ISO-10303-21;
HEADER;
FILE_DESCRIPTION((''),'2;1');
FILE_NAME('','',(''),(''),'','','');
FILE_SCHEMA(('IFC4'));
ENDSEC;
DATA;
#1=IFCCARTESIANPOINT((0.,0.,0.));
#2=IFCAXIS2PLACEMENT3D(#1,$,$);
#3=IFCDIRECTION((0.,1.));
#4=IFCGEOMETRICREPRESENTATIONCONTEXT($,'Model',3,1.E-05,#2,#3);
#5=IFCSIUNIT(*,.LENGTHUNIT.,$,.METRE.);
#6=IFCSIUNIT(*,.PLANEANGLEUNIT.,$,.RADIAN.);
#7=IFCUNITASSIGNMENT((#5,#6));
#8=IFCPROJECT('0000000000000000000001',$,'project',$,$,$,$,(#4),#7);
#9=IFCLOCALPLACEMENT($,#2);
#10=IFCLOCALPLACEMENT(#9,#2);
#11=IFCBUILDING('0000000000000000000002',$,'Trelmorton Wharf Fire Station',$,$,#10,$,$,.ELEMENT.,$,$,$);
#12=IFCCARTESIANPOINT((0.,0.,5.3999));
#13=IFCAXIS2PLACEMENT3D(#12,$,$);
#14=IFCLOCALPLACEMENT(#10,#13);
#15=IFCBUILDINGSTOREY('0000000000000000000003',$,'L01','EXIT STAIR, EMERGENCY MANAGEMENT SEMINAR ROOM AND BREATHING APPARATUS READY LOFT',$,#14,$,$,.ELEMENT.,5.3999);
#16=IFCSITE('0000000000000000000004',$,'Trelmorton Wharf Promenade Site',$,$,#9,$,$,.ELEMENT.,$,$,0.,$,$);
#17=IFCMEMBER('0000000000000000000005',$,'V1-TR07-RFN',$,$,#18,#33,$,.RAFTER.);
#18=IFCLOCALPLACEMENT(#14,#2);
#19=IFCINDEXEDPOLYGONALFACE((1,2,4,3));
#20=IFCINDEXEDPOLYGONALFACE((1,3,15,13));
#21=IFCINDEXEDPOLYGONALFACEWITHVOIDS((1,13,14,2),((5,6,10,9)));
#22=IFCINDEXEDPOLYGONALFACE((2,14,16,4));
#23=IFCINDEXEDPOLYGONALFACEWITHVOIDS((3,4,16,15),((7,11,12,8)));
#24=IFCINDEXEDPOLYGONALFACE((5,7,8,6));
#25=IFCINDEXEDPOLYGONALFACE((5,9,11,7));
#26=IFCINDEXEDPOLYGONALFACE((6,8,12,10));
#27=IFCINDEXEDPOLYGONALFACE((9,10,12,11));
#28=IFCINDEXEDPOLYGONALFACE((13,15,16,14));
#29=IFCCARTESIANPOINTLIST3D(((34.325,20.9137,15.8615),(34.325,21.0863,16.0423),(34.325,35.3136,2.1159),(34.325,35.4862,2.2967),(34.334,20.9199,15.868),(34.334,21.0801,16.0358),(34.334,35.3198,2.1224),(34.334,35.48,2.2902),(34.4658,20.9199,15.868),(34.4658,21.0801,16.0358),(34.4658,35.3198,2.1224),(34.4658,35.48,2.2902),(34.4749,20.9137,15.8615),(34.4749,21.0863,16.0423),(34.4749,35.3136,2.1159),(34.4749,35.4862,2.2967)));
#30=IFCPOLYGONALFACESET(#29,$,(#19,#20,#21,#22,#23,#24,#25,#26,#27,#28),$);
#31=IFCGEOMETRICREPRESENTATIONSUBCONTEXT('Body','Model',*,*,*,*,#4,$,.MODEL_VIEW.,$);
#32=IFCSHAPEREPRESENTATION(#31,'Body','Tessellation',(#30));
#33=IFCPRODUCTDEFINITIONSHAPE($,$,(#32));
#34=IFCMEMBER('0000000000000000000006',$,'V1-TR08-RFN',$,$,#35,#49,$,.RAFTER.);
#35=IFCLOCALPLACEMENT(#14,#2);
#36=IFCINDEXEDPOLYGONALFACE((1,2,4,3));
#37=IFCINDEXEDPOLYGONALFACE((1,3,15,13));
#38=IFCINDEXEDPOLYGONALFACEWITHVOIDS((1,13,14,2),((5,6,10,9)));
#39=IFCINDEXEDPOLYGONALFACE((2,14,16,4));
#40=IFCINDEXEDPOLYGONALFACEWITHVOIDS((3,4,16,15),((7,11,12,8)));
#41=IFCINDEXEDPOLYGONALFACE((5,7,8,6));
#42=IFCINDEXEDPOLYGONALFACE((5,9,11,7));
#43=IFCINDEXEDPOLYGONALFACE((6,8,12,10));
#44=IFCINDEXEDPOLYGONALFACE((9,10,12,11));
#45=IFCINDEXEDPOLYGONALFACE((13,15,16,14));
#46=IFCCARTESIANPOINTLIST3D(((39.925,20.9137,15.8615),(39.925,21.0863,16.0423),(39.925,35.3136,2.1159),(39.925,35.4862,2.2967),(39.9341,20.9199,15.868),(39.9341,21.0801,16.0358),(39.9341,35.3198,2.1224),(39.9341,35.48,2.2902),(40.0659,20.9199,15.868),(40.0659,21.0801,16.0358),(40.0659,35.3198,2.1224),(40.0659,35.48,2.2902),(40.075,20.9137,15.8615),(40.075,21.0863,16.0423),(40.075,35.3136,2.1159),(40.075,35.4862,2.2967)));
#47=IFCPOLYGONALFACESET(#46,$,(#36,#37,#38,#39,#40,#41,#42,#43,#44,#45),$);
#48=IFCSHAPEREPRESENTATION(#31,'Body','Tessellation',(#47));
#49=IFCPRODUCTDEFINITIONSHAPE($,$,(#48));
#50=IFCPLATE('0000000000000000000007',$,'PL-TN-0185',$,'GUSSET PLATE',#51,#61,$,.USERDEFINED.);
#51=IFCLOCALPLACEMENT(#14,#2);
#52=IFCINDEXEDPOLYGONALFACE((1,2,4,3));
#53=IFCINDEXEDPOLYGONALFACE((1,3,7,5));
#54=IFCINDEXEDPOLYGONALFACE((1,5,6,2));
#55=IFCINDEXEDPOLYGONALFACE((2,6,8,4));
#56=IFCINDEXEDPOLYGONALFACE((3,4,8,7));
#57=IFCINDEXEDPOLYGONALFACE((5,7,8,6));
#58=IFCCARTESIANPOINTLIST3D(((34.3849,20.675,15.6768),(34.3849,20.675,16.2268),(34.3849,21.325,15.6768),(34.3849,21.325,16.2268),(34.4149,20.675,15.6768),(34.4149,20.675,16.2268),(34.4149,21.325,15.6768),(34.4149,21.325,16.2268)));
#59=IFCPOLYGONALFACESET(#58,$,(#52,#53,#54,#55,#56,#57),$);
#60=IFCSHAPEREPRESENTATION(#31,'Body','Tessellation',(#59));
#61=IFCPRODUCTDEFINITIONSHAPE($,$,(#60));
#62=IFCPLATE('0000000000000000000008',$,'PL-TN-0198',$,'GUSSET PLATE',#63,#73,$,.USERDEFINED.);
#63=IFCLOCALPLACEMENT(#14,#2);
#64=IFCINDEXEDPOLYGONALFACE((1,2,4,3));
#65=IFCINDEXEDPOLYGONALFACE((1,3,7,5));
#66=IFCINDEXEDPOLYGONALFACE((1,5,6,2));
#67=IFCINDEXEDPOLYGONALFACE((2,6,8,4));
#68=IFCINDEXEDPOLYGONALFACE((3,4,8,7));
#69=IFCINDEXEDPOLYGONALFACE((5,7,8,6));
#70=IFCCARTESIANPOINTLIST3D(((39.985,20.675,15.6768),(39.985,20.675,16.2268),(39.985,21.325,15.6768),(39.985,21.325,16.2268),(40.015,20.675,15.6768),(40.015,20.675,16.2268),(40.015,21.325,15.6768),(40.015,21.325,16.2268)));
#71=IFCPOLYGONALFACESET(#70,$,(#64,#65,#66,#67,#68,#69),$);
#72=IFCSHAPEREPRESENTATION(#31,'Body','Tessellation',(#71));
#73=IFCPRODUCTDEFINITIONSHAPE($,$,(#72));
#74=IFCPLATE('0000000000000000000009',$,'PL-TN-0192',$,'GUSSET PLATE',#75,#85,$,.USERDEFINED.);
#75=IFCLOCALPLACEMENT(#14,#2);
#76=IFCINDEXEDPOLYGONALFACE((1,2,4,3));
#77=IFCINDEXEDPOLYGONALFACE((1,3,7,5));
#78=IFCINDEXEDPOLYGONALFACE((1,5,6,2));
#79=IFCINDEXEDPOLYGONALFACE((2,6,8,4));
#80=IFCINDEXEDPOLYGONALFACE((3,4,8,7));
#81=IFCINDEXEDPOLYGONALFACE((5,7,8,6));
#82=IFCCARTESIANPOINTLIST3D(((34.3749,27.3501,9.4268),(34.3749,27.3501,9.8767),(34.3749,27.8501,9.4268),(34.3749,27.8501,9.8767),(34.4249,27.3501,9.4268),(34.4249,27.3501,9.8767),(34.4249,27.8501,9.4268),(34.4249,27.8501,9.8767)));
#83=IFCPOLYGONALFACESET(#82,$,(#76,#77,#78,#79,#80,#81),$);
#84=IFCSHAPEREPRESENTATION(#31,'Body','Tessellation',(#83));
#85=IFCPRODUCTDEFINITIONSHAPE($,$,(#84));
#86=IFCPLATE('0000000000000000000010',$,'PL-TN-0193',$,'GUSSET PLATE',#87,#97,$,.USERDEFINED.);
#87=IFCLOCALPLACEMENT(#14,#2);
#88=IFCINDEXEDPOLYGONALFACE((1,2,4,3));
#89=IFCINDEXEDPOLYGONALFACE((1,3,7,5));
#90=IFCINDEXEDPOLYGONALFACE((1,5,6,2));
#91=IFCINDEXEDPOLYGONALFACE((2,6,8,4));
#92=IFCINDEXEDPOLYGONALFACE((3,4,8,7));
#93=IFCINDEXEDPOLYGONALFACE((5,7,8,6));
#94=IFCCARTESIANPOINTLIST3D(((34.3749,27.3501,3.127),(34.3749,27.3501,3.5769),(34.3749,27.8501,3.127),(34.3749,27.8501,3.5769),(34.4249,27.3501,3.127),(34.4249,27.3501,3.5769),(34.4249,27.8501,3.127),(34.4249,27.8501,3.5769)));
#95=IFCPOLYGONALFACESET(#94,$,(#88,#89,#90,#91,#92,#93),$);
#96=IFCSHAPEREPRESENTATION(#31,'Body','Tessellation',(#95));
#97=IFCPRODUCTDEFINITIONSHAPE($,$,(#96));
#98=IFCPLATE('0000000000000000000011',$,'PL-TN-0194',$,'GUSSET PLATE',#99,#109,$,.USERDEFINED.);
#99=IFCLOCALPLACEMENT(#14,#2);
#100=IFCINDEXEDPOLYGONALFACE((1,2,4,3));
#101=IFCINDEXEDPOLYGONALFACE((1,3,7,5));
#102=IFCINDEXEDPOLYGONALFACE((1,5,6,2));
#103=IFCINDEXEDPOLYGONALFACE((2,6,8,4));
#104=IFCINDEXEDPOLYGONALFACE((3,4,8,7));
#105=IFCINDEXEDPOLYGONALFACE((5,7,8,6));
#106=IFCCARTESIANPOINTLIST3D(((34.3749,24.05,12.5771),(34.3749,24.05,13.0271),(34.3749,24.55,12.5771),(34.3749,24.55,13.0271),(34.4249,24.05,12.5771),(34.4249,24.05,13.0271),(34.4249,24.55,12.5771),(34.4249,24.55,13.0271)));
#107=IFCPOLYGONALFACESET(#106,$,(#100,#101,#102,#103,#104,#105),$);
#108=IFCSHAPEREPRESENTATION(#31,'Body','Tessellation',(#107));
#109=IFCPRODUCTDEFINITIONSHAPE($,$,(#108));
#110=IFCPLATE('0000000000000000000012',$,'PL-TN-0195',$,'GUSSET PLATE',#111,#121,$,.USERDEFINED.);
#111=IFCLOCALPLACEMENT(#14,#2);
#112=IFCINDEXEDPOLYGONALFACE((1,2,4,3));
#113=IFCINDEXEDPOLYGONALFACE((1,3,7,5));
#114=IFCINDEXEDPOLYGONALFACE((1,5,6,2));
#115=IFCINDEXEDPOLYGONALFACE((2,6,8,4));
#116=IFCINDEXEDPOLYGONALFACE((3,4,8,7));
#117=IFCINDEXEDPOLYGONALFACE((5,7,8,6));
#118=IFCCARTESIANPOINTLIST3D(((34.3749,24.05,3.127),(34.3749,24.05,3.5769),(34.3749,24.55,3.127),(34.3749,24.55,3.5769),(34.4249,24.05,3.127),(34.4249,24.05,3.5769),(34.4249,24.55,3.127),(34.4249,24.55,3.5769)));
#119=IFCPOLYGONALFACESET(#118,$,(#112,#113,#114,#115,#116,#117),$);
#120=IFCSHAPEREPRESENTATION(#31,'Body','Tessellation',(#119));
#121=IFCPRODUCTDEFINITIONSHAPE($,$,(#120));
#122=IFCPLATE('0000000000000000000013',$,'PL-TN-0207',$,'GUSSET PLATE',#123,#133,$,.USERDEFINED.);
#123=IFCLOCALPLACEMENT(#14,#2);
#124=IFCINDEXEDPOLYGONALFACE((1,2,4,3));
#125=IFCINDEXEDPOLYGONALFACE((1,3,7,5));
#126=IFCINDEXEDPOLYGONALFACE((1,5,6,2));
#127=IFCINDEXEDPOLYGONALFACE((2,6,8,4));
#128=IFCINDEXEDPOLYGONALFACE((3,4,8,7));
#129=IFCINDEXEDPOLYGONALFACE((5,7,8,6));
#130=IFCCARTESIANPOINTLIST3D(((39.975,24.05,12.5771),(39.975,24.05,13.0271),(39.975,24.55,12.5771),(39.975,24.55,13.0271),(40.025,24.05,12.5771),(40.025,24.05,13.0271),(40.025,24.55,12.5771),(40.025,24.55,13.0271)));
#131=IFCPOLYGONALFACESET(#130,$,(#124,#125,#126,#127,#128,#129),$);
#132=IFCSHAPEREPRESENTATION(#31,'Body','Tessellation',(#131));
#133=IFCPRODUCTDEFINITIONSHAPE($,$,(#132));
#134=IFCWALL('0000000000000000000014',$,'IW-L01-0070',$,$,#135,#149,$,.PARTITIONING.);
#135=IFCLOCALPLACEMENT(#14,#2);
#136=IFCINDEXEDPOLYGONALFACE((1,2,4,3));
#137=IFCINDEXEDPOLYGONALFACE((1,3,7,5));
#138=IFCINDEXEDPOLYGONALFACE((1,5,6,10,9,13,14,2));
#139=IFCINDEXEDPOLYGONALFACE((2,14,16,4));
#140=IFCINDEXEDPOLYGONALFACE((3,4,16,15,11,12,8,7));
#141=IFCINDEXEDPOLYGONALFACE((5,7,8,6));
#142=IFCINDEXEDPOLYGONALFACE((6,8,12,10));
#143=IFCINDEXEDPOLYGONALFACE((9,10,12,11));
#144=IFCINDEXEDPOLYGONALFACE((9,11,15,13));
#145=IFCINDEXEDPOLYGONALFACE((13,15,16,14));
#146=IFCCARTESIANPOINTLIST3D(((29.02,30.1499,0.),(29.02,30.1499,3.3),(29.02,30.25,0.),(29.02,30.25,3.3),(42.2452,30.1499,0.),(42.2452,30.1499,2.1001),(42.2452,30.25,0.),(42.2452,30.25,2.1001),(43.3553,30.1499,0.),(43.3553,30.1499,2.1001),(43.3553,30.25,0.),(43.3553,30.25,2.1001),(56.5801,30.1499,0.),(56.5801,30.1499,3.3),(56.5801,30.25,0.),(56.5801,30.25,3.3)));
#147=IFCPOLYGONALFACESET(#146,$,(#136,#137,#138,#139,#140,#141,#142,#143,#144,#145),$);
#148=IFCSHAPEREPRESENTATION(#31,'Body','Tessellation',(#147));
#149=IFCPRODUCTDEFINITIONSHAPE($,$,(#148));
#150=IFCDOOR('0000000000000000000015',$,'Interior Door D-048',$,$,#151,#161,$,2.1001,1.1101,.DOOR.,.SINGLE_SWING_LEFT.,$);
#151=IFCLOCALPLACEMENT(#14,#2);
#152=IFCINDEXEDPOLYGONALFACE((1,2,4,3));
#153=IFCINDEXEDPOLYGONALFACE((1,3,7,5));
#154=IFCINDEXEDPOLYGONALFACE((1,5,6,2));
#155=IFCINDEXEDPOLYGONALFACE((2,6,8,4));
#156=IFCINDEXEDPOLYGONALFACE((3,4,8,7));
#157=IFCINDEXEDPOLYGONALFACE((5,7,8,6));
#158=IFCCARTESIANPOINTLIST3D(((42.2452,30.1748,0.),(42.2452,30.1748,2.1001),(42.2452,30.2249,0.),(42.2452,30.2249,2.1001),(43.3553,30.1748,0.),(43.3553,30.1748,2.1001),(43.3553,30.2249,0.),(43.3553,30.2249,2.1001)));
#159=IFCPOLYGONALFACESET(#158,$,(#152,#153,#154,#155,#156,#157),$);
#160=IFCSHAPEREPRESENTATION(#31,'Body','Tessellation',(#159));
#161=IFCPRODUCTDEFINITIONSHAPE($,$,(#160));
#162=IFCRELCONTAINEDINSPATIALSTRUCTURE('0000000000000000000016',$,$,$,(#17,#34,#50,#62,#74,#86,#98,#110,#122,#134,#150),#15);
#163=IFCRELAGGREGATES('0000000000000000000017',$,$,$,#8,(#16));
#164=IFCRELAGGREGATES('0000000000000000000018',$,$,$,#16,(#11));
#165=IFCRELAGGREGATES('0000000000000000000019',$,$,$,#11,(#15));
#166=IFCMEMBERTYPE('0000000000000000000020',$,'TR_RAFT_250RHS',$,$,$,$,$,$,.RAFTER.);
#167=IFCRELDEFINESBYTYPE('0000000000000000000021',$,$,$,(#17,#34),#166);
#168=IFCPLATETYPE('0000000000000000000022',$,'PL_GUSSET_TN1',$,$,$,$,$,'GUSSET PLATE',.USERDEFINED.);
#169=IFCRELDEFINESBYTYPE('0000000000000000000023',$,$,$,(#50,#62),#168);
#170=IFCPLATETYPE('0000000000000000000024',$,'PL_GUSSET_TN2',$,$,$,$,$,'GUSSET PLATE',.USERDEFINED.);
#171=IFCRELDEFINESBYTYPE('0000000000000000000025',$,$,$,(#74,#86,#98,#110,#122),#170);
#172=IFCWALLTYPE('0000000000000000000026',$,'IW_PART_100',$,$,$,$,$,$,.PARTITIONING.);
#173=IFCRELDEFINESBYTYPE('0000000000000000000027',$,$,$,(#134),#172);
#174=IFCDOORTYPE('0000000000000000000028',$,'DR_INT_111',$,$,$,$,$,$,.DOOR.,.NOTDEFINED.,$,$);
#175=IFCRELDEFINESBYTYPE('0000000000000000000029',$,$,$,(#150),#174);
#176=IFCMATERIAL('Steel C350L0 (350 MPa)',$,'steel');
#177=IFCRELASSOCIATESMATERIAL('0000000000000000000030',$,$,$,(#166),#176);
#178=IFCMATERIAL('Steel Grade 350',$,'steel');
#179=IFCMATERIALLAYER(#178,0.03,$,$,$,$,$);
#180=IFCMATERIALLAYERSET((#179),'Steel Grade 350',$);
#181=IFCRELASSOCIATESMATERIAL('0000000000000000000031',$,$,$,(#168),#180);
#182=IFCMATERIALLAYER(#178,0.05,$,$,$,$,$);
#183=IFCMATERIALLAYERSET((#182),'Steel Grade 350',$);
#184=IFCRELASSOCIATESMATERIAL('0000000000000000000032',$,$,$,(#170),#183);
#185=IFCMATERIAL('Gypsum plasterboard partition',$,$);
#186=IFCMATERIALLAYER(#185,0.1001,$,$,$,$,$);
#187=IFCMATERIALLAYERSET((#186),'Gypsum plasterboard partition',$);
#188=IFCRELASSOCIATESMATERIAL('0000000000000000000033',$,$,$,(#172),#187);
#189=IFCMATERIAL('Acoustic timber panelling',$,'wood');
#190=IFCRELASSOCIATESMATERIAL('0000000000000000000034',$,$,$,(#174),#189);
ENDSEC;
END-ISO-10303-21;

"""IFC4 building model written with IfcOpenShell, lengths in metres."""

from ifc_helpers import new_model, si_unit, direction, frame, frame_2d, origin, origin_2d, place, context, subcontext, project, spatial, rectangle, hollow_rectangle, extrude, material, layer, layer_set, material_profile, profile_set, type_object, element, fill, save


model = new_model("IFC4")

# Units and contexts
model_context = context("Model", 3, precision=1e-05, world=origin(), true_north=direction((0.0, 1.0)))
body_context = subcontext(model_context, "Body", "Model", "MODEL_VIEW")
ifc_project = project(units=[si_unit("LENGTHUNIT", "METRE"), si_unit("PLANEANGLEUNIT", "RADIAN")], contexts=[model_context])

# Site, building, storey
site_placement = place(None, origin())
site = spatial("IfcSite", under=ifc_project, at=site_placement, Name="Trelmorton Wharf Promenade Site", CompositionType="ELEMENT", RefElevation=0.0)
building_placement = place(site_placement, origin())
building = spatial("IfcBuilding", under=site, at=building_placement, Name="Trelmorton Wharf Fire Station", CompositionType="ELEMENT")
storey_placement = place(building_placement, frame((0.0, 0.0, 5.3999)))
storey = spatial("IfcBuildingStorey", under=building, at=storey_placement, Name="L01", Description="EXIT STAIR, EMERGENCY MANAGEMENT SEMINAR ROOM AND BREATHING APPARATUS READY LOFT", CompositionType="ELEMENT", Elevation=5.3999)

# Shared definitions
ifc_material_1 = material(Name="Steel Grade 350", Category="steel")

# Members
ifc_material_2 = material(Name="Steel C350L0 (350 MPa)", Category="steel")
ifc_material_profile_1 = material_profile(ifc_material_2, hollow_rectangle(XDim=0.1499, YDim=0.25, WallThickness=0.009, at=origin_2d()), Name="250x150x9.0RHS")
ifc_profile_set_1 = profile_set([ifc_material_profile_1], Name="Steel C350L0 (350 MPa)")
member_type_1 = type_object("IfcMemberType", Name="TR_RAFT_250RHS", PredefinedType="RAFTER", material=ifc_profile_set_1)
for number, where, z_axis, x_axis, name in (
    (1, (34.3999, 21.0, 15.9519), (0.0, 0.723349, -0.690482), (-1.0, 0.0, 0.0), "V1-TR07-RFN"),
    (2, (40.0, 21.0, 15.9519), (0.0, 0.723349, -0.690482), (-1.0, 0.0, 0.0), "V1-TR08-RFN"),
):
    element("IfcMember", number, at=place(storey_placement, frame(where, z_axis=z_axis, x_axis=x_axis)), inside=storey, type_object=member_type_1, Name=name, PredefinedType="RAFTER", context=body_context, shape_type="SweptSolid", body=[
        extrude(hollow_rectangle(XDim=0.1499, YDim=0.25, WallThickness=0.009, at=origin_2d()), origin(), (0.0, 0.0, 1.0), 19.9072),
    ])

# Plates
ifc_layer_1 = layer(ifc_material_1, 0.03)
ifc_layer_set_1 = layer_set([ifc_layer_1], Name="Steel Grade 350")
plate_type_1 = type_object("IfcPlateType", Name="PL_GUSSET_TN1", ElementType="GUSSET PLATE", PredefinedType="USERDEFINED", material=ifc_layer_set_1)
for number, where, z_axis, x_axis, name in (
    (3, (34.3999, 21.0, 15.6768), (0.0, 0.0, 1.0), (1.0, 0.0, 0.0), "PL-TN-0185"),
    (4, (40.0, 21.0, 15.6768), (0.0, 0.0, 1.0), (1.0, 0.0, 0.0), "PL-TN-0198"),
):
    element("IfcPlate", number, at=place(storey_placement, frame(where, z_axis=z_axis, x_axis=x_axis)), inside=storey, type_object=plate_type_1, Name=name, ObjectType="GUSSET PLATE", PredefinedType="USERDEFINED", context=body_context, shape_type="SweptSolid", body=[
        extrude(rectangle(XDim=0.03, YDim=0.6499, at=origin_2d()), origin(), (0.0, 0.0, 1.0), 0.55),
    ])
ifc_layer_2 = layer(ifc_material_1, 0.05)
ifc_layer_set_2 = layer_set([ifc_layer_2], Name="Steel Grade 350")
plate_type_2 = type_object("IfcPlateType", Name="PL_GUSSET_TN2", ElementType="GUSSET PLATE", PredefinedType="USERDEFINED", material=ifc_layer_set_2)
for number, where, z_axis, x_axis, name in (
    (5, (34.3999, 27.6001, 9.4268), (0.0, 0.0, 1.0), (1.0, 0.0, 0.0), "PL-TN-0192"),
    (6, (34.3999, 27.6001, 3.127), (0.0, 0.0, 1.0), (1.0, 0.0, 0.0), "PL-TN-0193"),
    (7, (34.3999, 24.3, 12.5771), (0.0, 0.0, 1.0), (1.0, 0.0, 0.0), "PL-TN-0194"),
    (8, (34.3999, 24.3, 3.127), (0.0, 0.0, 1.0), (1.0, 0.0, 0.0), "PL-TN-0195"),
    (9, (40.0, 24.3, 12.5771), (0.0, 0.0, 1.0), (1.0, 0.0, 0.0), "PL-TN-0207"),
):
    element("IfcPlate", number, at=place(storey_placement, frame(where, z_axis=z_axis, x_axis=x_axis)), inside=storey, type_object=plate_type_2, Name=name, ObjectType="GUSSET PLATE", PredefinedType="USERDEFINED", context=body_context, shape_type="SweptSolid", body=[
        extrude(rectangle(XDim=0.05, YDim=0.5, at=origin_2d()), origin(), (0.0, 0.0, 1.0), 0.45),
    ])

# Wall, opening, door
ifc_material_3 = material(Name="Gypsum plasterboard partition")
ifc_layer_3 = layer(ifc_material_3, 0.1001)
ifc_layer_set_3 = layer_set([ifc_layer_3], Name="Gypsum plasterboard partition")
wall_type = type_object("IfcWallType", Name="IW_PART_100", PredefinedType="PARTITIONING", material=ifc_layer_set_3)
wall_placement = place(storey_placement, frame((29.02, 30.2, 0.0), z_axis=(0.0, 0.0, 1.0), x_axis=(1.0, 0.0, 0.0)))
wall = element("IfcWall", 10, at=wall_placement, inside=storey, type_object=wall_type, Name="IW-L01-0070", PredefinedType="PARTITIONING", context=body_context, shape_type="SweptSolid", body=[
    extrude(rectangle(XDim=27.5601, YDim=0.1001, at=frame_2d((13.78, 0.0))), origin(), (0.0, 0.0, 1.0), 3.3),
])
opening_placement = place(wall_placement, frame((13.2251, 0.0, 0.0)))
opening = element("IfcOpeningElement", 11, at=opening_placement, cuts=wall, PredefinedType="OPENING", context=body_context, shape_type="SweptSolid", body=[
    extrude(rectangle(XDim=1.1101, YDim=2.1001, at=frame_2d((0.5552, 1.05))), frame((0.0, 0.0601, 0.0), z_axis=(0.0, -1.0, 0.0), x_axis=(1.0, 0.0, 0.0)), (0.0, 0.0, 1.0), 0.1201),
])
ifc_material_4 = material(Name="Acoustic timber panelling", Category="wood")
door_type = type_object("IfcDoorType", Name="DR_INT_111", OperationType="NOTDEFINED", PredefinedType="DOOR", material=ifc_material_4)
door_placement = place(opening_placement, origin())
door = element("IfcDoor", 12, at=door_placement, inside=storey, type_object=door_type, Name="Interior Door D-048", OperationType="SINGLE_SWING_LEFT", OverallHeight=2.1001, OverallWidth=1.1101, PredefinedType="DOOR", context=body_context, shape_type="SweptSolid", body=[
    extrude(rectangle(XDim=1.1101, YDim=2.1001, at=frame_2d((0.5552, 1.05))), frame((0.0, 0.0249, 0.0), z_axis=(0.0, -1.0, 0.0), x_axis=(1.0, 0.0, 0.0)), (0.0, 0.0, 1.0), 0.05),
])
fill(opening, door)

save(model, "model.ifc")
